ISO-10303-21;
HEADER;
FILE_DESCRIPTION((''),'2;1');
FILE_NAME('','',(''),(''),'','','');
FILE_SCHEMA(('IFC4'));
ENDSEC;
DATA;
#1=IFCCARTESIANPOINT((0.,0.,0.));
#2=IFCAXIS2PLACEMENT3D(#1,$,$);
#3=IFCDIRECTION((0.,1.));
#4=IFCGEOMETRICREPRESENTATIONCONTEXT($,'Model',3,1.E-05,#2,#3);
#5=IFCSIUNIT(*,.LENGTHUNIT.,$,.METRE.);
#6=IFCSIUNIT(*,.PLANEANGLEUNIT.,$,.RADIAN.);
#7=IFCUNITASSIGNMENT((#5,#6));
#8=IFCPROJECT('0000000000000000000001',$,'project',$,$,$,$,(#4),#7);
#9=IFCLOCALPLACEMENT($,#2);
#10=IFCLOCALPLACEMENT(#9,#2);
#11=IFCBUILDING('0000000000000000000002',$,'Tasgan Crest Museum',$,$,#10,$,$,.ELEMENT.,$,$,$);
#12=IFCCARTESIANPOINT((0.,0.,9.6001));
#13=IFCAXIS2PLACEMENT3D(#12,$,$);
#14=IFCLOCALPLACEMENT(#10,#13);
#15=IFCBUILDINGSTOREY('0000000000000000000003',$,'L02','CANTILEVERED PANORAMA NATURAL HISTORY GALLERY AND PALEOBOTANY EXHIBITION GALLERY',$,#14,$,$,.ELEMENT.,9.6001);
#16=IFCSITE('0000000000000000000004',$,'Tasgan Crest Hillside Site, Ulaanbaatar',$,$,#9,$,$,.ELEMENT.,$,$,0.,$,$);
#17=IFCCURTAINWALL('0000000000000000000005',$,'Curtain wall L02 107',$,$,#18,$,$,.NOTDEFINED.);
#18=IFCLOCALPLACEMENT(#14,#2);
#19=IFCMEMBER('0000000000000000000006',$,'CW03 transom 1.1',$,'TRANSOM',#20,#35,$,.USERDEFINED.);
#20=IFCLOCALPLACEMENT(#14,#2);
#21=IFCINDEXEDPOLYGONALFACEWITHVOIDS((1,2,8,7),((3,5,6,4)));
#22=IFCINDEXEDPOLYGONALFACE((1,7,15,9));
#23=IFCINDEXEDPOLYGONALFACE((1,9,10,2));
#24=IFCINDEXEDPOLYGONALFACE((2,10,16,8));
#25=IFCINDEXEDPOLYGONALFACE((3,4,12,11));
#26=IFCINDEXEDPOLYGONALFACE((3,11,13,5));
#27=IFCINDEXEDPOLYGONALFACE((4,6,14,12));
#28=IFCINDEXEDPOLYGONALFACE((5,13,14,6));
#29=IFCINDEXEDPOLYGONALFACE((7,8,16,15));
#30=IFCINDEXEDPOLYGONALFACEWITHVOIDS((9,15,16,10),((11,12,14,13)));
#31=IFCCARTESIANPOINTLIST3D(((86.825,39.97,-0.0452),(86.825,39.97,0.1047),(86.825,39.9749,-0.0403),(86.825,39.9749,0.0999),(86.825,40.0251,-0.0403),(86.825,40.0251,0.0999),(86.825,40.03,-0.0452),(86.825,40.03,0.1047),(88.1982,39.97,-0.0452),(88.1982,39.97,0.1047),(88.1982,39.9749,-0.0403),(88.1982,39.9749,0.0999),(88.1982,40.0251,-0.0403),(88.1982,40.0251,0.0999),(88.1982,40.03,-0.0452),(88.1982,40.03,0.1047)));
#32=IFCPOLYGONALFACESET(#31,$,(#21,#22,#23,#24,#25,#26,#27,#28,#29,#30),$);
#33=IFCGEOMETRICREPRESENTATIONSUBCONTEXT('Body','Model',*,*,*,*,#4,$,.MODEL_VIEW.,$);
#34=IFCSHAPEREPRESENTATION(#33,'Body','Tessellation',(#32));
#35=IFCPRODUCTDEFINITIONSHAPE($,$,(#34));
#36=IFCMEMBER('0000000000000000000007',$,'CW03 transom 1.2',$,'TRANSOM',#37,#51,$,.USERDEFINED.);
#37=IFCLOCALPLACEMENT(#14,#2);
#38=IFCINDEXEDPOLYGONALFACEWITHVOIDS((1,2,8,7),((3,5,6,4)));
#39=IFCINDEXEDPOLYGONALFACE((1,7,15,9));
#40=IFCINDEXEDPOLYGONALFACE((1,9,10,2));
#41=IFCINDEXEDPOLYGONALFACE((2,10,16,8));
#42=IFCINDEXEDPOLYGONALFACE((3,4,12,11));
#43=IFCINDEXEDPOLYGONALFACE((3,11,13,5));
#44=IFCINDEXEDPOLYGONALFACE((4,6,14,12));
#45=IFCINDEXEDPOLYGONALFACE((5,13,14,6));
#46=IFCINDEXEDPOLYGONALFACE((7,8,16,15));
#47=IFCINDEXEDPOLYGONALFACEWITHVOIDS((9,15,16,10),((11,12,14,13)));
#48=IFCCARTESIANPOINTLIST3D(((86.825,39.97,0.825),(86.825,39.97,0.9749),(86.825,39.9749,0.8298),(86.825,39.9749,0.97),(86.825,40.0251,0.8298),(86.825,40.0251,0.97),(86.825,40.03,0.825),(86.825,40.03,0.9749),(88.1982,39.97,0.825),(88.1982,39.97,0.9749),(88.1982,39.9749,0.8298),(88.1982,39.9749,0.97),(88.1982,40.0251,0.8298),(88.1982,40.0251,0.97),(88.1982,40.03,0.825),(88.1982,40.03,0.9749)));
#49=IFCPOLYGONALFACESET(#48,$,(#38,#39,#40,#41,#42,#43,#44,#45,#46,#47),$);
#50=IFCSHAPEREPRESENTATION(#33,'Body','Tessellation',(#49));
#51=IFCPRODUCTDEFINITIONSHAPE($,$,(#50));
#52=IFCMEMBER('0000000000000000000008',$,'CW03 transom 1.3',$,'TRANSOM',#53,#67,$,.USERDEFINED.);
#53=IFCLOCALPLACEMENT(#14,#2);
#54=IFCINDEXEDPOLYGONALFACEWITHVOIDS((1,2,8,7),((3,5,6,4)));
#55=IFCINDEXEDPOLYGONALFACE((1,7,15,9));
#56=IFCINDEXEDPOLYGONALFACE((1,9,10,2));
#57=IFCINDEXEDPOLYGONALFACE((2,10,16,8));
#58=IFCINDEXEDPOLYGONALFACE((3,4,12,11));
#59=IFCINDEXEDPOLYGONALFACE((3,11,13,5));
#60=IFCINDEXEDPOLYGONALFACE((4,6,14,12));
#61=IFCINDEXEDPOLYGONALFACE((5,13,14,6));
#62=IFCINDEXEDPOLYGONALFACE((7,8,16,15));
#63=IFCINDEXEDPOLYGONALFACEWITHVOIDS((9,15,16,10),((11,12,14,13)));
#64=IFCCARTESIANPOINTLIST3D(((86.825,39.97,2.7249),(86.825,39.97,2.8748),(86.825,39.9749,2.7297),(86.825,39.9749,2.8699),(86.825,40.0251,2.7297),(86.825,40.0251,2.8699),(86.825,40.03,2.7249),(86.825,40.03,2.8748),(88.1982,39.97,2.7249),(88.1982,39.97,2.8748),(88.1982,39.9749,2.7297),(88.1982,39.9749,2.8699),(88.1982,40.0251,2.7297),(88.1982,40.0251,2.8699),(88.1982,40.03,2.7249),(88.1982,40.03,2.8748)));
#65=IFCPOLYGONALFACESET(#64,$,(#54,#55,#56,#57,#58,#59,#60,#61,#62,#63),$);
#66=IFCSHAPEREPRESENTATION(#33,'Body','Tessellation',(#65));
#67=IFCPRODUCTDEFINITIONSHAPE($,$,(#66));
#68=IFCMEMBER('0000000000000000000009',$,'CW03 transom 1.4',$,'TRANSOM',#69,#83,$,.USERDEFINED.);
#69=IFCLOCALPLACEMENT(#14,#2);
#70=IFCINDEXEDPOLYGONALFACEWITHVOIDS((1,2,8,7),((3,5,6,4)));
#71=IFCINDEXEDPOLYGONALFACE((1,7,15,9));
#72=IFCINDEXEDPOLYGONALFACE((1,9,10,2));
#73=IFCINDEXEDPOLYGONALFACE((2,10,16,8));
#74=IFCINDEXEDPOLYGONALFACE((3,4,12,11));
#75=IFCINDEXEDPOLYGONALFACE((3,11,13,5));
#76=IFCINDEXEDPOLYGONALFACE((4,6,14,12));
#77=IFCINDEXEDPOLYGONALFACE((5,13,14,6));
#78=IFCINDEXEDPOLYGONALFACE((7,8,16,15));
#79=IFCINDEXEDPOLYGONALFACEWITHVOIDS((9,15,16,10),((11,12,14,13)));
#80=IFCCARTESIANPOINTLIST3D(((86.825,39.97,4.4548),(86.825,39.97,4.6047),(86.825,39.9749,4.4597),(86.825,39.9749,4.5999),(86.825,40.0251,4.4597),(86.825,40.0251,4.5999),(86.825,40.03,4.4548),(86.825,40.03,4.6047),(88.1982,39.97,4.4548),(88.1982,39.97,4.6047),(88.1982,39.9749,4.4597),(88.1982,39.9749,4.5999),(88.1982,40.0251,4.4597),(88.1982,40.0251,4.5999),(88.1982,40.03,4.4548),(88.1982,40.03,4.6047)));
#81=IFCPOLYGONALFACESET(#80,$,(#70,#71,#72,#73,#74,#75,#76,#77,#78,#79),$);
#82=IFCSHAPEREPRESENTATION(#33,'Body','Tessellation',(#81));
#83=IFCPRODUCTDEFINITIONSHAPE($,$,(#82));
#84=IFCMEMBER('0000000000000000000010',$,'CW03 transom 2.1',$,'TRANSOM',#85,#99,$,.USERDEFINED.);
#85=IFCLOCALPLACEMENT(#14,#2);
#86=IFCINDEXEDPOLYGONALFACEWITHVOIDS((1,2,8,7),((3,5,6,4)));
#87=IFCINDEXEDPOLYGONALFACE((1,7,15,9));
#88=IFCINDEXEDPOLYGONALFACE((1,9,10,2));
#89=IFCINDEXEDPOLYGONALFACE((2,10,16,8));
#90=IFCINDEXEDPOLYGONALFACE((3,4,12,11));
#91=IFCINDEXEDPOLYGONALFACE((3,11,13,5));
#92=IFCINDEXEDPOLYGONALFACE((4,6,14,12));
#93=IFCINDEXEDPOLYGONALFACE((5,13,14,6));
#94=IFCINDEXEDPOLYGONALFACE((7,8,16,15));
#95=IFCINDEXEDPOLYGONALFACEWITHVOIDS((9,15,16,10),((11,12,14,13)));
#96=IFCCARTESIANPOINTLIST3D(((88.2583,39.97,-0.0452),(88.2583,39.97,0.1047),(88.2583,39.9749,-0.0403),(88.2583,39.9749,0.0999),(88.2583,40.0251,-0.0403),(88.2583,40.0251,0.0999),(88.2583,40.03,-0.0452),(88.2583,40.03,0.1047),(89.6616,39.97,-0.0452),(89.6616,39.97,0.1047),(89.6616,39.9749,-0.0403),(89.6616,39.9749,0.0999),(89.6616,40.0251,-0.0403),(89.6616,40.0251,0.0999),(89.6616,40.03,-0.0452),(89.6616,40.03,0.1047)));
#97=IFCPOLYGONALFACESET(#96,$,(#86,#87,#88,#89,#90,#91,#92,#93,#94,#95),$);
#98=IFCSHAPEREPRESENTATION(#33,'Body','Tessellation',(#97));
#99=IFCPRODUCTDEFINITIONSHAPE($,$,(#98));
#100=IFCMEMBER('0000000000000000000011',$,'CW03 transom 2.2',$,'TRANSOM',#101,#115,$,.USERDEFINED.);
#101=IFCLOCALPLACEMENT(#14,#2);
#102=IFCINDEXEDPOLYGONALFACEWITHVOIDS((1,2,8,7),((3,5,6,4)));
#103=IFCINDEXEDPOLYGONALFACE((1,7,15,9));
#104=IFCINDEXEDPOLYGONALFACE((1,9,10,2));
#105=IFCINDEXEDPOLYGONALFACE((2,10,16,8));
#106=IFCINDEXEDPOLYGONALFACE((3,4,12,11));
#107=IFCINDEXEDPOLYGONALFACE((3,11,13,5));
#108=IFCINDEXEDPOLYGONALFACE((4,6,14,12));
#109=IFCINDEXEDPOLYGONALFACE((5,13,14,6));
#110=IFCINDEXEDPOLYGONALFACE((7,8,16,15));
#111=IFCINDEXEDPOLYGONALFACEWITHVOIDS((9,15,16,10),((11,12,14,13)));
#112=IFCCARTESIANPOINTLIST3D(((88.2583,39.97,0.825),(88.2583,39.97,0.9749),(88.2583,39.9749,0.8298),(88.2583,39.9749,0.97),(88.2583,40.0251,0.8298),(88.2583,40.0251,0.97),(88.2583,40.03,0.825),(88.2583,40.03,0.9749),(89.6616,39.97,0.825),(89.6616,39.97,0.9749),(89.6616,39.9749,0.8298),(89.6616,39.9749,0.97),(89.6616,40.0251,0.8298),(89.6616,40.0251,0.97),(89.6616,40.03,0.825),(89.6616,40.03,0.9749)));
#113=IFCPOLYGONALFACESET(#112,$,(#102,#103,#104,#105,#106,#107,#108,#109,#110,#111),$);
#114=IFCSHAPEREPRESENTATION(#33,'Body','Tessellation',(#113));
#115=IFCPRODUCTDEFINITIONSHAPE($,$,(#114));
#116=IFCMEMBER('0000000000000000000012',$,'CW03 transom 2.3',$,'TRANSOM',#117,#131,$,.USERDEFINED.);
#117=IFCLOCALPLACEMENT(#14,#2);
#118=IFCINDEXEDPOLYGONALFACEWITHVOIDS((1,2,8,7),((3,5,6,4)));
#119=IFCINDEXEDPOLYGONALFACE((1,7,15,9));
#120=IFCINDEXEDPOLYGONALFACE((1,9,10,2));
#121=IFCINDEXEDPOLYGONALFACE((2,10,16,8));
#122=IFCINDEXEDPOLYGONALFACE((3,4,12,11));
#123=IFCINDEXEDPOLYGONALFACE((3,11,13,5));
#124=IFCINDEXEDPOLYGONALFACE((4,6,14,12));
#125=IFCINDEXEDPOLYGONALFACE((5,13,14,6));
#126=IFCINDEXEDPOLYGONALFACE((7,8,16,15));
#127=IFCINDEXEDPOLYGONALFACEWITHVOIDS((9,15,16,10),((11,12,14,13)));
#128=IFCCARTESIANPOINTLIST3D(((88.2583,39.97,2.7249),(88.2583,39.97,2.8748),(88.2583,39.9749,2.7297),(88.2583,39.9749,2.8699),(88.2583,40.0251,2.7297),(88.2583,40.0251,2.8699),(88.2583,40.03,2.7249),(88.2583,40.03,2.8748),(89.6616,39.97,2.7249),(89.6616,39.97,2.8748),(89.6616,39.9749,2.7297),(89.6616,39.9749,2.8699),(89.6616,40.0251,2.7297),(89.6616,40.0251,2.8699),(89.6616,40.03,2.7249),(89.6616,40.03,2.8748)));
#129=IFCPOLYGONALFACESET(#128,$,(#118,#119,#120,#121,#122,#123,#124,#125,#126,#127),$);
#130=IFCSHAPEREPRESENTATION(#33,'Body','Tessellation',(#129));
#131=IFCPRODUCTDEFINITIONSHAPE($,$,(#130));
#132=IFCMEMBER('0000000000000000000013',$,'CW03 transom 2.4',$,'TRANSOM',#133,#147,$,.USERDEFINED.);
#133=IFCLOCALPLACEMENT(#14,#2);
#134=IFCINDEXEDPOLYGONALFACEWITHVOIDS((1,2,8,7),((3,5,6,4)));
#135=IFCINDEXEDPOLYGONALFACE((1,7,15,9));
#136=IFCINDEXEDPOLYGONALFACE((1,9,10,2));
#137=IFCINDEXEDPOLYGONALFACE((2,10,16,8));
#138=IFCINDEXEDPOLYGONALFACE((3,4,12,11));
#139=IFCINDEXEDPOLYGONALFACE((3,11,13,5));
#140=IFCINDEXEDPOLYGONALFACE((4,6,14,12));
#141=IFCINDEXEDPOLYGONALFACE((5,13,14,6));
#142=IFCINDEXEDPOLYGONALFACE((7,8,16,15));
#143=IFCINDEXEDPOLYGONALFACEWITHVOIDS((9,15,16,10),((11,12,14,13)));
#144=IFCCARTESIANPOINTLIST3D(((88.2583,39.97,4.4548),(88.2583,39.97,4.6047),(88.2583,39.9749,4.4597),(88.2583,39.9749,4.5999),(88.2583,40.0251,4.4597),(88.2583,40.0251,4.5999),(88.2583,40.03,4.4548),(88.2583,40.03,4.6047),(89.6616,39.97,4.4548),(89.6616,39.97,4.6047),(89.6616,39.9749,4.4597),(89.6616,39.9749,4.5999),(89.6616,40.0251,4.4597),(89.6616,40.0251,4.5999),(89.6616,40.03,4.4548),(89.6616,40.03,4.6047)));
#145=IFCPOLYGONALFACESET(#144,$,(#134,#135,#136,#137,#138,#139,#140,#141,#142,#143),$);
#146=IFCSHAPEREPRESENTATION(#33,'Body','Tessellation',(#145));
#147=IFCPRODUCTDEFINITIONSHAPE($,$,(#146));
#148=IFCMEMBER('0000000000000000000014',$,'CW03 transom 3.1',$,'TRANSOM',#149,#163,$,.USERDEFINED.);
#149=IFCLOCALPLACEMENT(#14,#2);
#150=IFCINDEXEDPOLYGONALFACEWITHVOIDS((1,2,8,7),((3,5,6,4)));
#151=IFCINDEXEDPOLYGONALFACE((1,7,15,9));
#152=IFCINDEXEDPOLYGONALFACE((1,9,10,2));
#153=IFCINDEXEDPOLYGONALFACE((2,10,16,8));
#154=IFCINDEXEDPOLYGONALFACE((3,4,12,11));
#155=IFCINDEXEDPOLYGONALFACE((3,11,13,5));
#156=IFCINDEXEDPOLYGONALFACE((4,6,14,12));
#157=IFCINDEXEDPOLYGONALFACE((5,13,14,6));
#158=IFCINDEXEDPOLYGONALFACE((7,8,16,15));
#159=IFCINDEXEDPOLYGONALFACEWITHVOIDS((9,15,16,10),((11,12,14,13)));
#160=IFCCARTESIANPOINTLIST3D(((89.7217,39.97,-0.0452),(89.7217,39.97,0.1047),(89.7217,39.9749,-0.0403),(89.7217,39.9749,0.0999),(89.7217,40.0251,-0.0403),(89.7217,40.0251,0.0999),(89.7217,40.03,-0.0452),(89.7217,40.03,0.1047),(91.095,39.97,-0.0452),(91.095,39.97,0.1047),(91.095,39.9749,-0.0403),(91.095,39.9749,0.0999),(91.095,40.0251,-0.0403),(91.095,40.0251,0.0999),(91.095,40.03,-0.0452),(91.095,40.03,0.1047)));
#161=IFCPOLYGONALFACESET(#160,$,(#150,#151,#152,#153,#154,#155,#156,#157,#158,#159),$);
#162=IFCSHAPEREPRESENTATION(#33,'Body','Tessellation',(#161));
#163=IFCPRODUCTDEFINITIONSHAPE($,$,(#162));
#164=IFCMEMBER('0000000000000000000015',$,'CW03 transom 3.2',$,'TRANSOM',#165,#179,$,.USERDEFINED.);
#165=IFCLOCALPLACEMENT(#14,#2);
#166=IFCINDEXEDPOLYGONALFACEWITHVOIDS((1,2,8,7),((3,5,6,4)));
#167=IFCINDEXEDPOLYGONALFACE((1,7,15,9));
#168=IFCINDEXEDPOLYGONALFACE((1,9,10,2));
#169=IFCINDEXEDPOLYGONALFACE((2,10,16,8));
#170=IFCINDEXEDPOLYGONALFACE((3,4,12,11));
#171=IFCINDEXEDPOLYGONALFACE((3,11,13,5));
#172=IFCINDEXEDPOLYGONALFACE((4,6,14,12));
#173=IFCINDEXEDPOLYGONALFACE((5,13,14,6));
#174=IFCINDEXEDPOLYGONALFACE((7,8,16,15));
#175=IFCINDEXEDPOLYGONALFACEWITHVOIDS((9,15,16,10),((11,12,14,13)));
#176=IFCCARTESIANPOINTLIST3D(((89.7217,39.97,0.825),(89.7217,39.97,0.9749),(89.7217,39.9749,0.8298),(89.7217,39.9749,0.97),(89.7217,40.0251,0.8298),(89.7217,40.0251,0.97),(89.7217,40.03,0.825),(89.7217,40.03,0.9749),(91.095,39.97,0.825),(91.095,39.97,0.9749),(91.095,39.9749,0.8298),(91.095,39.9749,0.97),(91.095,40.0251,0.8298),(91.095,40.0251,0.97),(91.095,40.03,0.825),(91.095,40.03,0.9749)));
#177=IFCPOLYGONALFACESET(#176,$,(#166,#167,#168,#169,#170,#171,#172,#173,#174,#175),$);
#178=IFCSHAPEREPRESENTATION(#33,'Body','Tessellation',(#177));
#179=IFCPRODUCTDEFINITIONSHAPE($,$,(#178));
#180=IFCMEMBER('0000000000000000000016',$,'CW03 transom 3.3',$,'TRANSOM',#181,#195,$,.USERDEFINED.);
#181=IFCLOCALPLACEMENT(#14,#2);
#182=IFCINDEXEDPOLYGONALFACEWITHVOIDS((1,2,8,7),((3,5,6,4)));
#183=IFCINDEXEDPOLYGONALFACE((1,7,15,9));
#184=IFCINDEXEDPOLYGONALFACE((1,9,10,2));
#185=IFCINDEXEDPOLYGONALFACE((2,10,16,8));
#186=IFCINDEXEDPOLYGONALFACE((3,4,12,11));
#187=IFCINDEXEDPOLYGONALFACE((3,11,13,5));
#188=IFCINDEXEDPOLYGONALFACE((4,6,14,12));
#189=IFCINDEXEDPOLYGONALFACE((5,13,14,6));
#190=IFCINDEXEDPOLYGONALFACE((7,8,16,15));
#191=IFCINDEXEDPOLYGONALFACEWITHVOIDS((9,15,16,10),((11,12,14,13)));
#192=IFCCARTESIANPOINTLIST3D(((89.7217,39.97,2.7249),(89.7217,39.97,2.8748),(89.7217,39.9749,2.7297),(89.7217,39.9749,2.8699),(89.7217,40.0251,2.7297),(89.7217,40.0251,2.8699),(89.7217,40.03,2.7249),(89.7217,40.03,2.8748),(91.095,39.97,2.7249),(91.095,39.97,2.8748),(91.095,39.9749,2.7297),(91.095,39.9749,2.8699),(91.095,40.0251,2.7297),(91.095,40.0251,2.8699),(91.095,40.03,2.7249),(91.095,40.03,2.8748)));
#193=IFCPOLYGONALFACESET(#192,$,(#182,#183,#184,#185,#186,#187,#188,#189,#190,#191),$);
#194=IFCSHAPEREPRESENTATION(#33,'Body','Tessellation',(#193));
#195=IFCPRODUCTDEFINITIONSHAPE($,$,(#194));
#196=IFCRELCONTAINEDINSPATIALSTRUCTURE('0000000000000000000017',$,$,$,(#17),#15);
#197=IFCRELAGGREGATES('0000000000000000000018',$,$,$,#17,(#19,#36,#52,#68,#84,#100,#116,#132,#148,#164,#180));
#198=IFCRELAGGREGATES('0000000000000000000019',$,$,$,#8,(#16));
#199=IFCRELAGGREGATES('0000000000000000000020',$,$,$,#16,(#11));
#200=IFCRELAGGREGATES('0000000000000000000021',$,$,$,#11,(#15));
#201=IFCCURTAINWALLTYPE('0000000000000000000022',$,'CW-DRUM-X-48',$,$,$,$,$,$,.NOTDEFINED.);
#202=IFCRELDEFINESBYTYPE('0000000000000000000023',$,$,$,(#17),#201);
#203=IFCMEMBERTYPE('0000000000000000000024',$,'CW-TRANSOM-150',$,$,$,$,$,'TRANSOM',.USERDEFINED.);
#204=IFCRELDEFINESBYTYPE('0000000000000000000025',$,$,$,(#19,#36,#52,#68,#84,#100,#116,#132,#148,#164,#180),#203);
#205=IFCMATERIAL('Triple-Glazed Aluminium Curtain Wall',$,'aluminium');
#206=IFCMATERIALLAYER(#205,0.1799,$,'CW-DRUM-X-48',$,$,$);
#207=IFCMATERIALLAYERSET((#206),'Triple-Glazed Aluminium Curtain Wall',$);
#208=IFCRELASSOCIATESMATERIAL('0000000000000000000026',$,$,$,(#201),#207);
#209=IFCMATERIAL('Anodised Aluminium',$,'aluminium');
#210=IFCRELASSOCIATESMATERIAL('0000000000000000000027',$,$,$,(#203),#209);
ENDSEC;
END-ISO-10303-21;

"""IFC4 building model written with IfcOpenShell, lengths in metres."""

from ifc_helpers import new_model, si_unit, direction, frame, origin, origin_2d, place, context, subcontext, project, spatial, hollow_rectangle, extrude, material, layer, layer_set, material_profile, profile_set, type_object, element, aggregate, save


model = new_model("IFC4")

# Units and contexts
model_context = context("Model", 3, precision=1e-05, world=origin(), true_north=direction((0.0, 1.0)))
body_context = subcontext(model_context, "Body", "Model", "MODEL_VIEW")
ifc_project = project(units=[si_unit("LENGTHUNIT", "METRE"), si_unit("PLANEANGLEUNIT", "RADIAN")], contexts=[model_context])

# Site, building, storey
site_placement = place(None, origin())
site = spatial("IfcSite", under=ifc_project, at=site_placement, Name="Tasgan Crest Hillside Site, Ulaanbaatar", CompositionType="ELEMENT", RefElevation=0.0)
building_placement = place(site_placement, origin())
building = spatial("IfcBuilding", under=site, at=building_placement, Name="Tasgan Crest Museum", CompositionType="ELEMENT")
storey_placement = place(building_placement, frame((0.0, 0.0, 9.6001)))
storey = spatial("IfcBuildingStorey", under=building, at=storey_placement, Name="L02", Description="CANTILEVERED PANORAMA NATURAL HISTORY GALLERY AND PALEOBOTANY EXHIBITION GALLERY", CompositionType="ELEMENT", Elevation=9.6001)

# Curtain wall
ifc_material_1 = material(Name="Triple-Glazed Aluminium Curtain Wall", Category="aluminium")
ifc_layer_1 = layer(ifc_material_1, 0.1799, Name="CW-DRUM-X-48")
ifc_layer_set_1 = layer_set([ifc_layer_1], Name="Triple-Glazed Aluminium Curtain Wall")
curtain_wall_type = type_object("IfcCurtainWallType", Name="CW-DRUM-X-48", PredefinedType="NOTDEFINED", material=ifc_layer_set_1)
curtain_wall_1_placement = place(storey_placement, origin())
curtain_wall_1 = element("IfcCurtainWall", 1, at=curtain_wall_1_placement, inside=storey, type_object=curtain_wall_type, Name="Curtain wall L02 107", PredefinedType="NOTDEFINED")

# Members
ifc_material_2 = material(Name="Anodised Aluminium", Category="aluminium")
ifc_material_profile_1 = material_profile(ifc_material_2, hollow_rectangle(XDim=0.0601, YDim=0.1499, WallThickness=0.0049, at=origin_2d()), Name="ALU TRANSOM 150x60x5")
ifc_profile_set_1 = profile_set([ifc_material_profile_1], Name="Anodised Aluminium")
member_type_1 = type_object("IfcMemberType", Name="CW-TRANSOM-150", ElementType="TRANSOM", PredefinedType="USERDEFINED", material=ifc_profile_set_1)
member_1_placement = place(storey_placement, frame((86.825, 40.0, 0.0298), z_axis=(1.0, 0.0, 0.0), x_axis=(0.0, 1.0, 0.0)))
member_1 = element("IfcMember", 2, at=member_1_placement, type_object=member_type_1, Name="CW03 transom 1.1", ObjectType="TRANSOM", PredefinedType="USERDEFINED", context=body_context, shape_type="SweptSolid", body=[
    extrude(hollow_rectangle(XDim=0.0601, YDim=0.1499, WallThickness=0.0049, at=origin_2d()), origin(), (0.0, 0.0, 1.0), 1.3733),
])
member_2_placement = place(storey_placement, frame((86.825, 40.0, 0.8999), z_axis=(1.0, 0.0, 0.0), x_axis=(0.0, 1.0, 0.0)))
member_2 = element("IfcMember", 3, at=member_2_placement, type_object=member_type_1, Name="CW03 transom 1.2", ObjectType="TRANSOM", PredefinedType="USERDEFINED", context=body_context, shape_type="SweptSolid", body=[
    extrude(hollow_rectangle(XDim=0.0601, YDim=0.1499, WallThickness=0.0049, at=origin_2d()), origin(), (0.0, 0.0, 1.0), 1.3733),
])
member_3_placement = place(storey_placement, frame((86.825, 40.0, 2.7998), z_axis=(1.0, 0.0, 0.0), x_axis=(0.0, 1.0, 0.0)))
member_3 = element("IfcMember", 4, at=member_3_placement, type_object=member_type_1, Name="CW03 transom 1.3", ObjectType="TRANSOM", PredefinedType="USERDEFINED", context=body_context, shape_type="SweptSolid", body=[
    extrude(hollow_rectangle(XDim=0.0601, YDim=0.1499, WallThickness=0.0049, at=origin_2d()), origin(), (0.0, 0.0, 1.0), 1.3733),
])
member_4_placement = place(storey_placement, frame((86.825, 40.0, 4.5298), z_axis=(1.0, 0.0, 0.0), x_axis=(0.0, 1.0, 0.0)))
member_4 = element("IfcMember", 5, at=member_4_placement, type_object=member_type_1, Name="CW03 transom 1.4", ObjectType="TRANSOM", PredefinedType="USERDEFINED", context=body_context, shape_type="SweptSolid", body=[
    extrude(hollow_rectangle(XDim=0.0601, YDim=0.1499, WallThickness=0.0049, at=origin_2d()), origin(), (0.0, 0.0, 1.0), 1.3733),
])
member_5_placement = place(storey_placement, frame((88.2583, 40.0, 0.0298), z_axis=(1.0, 0.0, 0.0), x_axis=(0.0, 1.0, 0.0)))
member_5 = element("IfcMember", 6, at=member_5_placement, type_object=member_type_1, Name="CW03 transom 2.1", ObjectType="TRANSOM", PredefinedType="USERDEFINED", context=body_context, shape_type="SweptSolid", body=[
    extrude(hollow_rectangle(XDim=0.0601, YDim=0.1499, WallThickness=0.0049, at=origin_2d()), origin(), (0.0, 0.0, 1.0), 1.4033),
])
member_6_placement = place(storey_placement, frame((88.2583, 40.0, 0.8999), z_axis=(1.0, 0.0, 0.0), x_axis=(0.0, 1.0, 0.0)))
member_6 = element("IfcMember", 7, at=member_6_placement, type_object=member_type_1, Name="CW03 transom 2.2", ObjectType="TRANSOM", PredefinedType="USERDEFINED", context=body_context, shape_type="SweptSolid", body=[
    extrude(hollow_rectangle(XDim=0.0601, YDim=0.1499, WallThickness=0.0049, at=origin_2d()), origin(), (0.0, 0.0, 1.0), 1.4033),
])
member_7_placement = place(storey_placement, frame((88.2583, 40.0, 2.7998), z_axis=(1.0, 0.0, 0.0), x_axis=(0.0, 1.0, 0.0)))
member_7 = element("IfcMember", 8, at=member_7_placement, type_object=member_type_1, Name="CW03 transom 2.3", ObjectType="TRANSOM", PredefinedType="USERDEFINED", context=body_context, shape_type="SweptSolid", body=[
    extrude(hollow_rectangle(XDim=0.0601, YDim=0.1499, WallThickness=0.0049, at=origin_2d()), origin(), (0.0, 0.0, 1.0), 1.4033),
])
member_8_placement = place(storey_placement, frame((88.2583, 40.0, 4.5298), z_axis=(1.0, 0.0, 0.0), x_axis=(0.0, 1.0, 0.0)))
member_8 = element("IfcMember", 9, at=member_8_placement, type_object=member_type_1, Name="CW03 transom 2.4", ObjectType="TRANSOM", PredefinedType="USERDEFINED", context=body_context, shape_type="SweptSolid", body=[
    extrude(hollow_rectangle(XDim=0.0601, YDim=0.1499, WallThickness=0.0049, at=origin_2d()), origin(), (0.0, 0.0, 1.0), 1.4033),
])
member_9_placement = place(storey_placement, frame((89.7217, 40.0, 0.0298), z_axis=(1.0, 0.0, 0.0), x_axis=(0.0, 1.0, 0.0)))
member_9 = element("IfcMember", 10, at=member_9_placement, type_object=member_type_1, Name="CW03 transom 3.1", ObjectType="TRANSOM", PredefinedType="USERDEFINED", context=body_context, shape_type="SweptSolid", body=[
    extrude(hollow_rectangle(XDim=0.0601, YDim=0.1499, WallThickness=0.0049, at=origin_2d()), origin(), (0.0, 0.0, 1.0), 1.3733),
])
member_10_placement = place(storey_placement, frame((89.7217, 40.0, 0.8999), z_axis=(1.0, 0.0, 0.0), x_axis=(0.0, 1.0, 0.0)))
member_10 = element("IfcMember", 11, at=member_10_placement, type_object=member_type_1, Name="CW03 transom 3.2", ObjectType="TRANSOM", PredefinedType="USERDEFINED", context=body_context, shape_type="SweptSolid", body=[
    extrude(hollow_rectangle(XDim=0.0601, YDim=0.1499, WallThickness=0.0049, at=origin_2d()), origin(), (0.0, 0.0, 1.0), 1.3733),
])
member_11_placement = place(storey_placement, frame((89.7217, 40.0, 2.7998), z_axis=(1.0, 0.0, 0.0), x_axis=(0.0, 1.0, 0.0)))
member_11 = element("IfcMember", 12, at=member_11_placement, type_object=member_type_1, Name="CW03 transom 3.3", ObjectType="TRANSOM", PredefinedType="USERDEFINED", context=body_context, shape_type="SweptSolid", body=[
    extrude(hollow_rectangle(XDim=0.0601, YDim=0.1499, WallThickness=0.0049, at=origin_2d()), origin(), (0.0, 0.0, 1.0), 1.3733),
])

aggregate(curtain_wall_1, [member_1, member_2, member_3, member_4, member_5, member_6, member_7, member_8, member_9, member_10, member_11])

save(model, "model.ifc")
